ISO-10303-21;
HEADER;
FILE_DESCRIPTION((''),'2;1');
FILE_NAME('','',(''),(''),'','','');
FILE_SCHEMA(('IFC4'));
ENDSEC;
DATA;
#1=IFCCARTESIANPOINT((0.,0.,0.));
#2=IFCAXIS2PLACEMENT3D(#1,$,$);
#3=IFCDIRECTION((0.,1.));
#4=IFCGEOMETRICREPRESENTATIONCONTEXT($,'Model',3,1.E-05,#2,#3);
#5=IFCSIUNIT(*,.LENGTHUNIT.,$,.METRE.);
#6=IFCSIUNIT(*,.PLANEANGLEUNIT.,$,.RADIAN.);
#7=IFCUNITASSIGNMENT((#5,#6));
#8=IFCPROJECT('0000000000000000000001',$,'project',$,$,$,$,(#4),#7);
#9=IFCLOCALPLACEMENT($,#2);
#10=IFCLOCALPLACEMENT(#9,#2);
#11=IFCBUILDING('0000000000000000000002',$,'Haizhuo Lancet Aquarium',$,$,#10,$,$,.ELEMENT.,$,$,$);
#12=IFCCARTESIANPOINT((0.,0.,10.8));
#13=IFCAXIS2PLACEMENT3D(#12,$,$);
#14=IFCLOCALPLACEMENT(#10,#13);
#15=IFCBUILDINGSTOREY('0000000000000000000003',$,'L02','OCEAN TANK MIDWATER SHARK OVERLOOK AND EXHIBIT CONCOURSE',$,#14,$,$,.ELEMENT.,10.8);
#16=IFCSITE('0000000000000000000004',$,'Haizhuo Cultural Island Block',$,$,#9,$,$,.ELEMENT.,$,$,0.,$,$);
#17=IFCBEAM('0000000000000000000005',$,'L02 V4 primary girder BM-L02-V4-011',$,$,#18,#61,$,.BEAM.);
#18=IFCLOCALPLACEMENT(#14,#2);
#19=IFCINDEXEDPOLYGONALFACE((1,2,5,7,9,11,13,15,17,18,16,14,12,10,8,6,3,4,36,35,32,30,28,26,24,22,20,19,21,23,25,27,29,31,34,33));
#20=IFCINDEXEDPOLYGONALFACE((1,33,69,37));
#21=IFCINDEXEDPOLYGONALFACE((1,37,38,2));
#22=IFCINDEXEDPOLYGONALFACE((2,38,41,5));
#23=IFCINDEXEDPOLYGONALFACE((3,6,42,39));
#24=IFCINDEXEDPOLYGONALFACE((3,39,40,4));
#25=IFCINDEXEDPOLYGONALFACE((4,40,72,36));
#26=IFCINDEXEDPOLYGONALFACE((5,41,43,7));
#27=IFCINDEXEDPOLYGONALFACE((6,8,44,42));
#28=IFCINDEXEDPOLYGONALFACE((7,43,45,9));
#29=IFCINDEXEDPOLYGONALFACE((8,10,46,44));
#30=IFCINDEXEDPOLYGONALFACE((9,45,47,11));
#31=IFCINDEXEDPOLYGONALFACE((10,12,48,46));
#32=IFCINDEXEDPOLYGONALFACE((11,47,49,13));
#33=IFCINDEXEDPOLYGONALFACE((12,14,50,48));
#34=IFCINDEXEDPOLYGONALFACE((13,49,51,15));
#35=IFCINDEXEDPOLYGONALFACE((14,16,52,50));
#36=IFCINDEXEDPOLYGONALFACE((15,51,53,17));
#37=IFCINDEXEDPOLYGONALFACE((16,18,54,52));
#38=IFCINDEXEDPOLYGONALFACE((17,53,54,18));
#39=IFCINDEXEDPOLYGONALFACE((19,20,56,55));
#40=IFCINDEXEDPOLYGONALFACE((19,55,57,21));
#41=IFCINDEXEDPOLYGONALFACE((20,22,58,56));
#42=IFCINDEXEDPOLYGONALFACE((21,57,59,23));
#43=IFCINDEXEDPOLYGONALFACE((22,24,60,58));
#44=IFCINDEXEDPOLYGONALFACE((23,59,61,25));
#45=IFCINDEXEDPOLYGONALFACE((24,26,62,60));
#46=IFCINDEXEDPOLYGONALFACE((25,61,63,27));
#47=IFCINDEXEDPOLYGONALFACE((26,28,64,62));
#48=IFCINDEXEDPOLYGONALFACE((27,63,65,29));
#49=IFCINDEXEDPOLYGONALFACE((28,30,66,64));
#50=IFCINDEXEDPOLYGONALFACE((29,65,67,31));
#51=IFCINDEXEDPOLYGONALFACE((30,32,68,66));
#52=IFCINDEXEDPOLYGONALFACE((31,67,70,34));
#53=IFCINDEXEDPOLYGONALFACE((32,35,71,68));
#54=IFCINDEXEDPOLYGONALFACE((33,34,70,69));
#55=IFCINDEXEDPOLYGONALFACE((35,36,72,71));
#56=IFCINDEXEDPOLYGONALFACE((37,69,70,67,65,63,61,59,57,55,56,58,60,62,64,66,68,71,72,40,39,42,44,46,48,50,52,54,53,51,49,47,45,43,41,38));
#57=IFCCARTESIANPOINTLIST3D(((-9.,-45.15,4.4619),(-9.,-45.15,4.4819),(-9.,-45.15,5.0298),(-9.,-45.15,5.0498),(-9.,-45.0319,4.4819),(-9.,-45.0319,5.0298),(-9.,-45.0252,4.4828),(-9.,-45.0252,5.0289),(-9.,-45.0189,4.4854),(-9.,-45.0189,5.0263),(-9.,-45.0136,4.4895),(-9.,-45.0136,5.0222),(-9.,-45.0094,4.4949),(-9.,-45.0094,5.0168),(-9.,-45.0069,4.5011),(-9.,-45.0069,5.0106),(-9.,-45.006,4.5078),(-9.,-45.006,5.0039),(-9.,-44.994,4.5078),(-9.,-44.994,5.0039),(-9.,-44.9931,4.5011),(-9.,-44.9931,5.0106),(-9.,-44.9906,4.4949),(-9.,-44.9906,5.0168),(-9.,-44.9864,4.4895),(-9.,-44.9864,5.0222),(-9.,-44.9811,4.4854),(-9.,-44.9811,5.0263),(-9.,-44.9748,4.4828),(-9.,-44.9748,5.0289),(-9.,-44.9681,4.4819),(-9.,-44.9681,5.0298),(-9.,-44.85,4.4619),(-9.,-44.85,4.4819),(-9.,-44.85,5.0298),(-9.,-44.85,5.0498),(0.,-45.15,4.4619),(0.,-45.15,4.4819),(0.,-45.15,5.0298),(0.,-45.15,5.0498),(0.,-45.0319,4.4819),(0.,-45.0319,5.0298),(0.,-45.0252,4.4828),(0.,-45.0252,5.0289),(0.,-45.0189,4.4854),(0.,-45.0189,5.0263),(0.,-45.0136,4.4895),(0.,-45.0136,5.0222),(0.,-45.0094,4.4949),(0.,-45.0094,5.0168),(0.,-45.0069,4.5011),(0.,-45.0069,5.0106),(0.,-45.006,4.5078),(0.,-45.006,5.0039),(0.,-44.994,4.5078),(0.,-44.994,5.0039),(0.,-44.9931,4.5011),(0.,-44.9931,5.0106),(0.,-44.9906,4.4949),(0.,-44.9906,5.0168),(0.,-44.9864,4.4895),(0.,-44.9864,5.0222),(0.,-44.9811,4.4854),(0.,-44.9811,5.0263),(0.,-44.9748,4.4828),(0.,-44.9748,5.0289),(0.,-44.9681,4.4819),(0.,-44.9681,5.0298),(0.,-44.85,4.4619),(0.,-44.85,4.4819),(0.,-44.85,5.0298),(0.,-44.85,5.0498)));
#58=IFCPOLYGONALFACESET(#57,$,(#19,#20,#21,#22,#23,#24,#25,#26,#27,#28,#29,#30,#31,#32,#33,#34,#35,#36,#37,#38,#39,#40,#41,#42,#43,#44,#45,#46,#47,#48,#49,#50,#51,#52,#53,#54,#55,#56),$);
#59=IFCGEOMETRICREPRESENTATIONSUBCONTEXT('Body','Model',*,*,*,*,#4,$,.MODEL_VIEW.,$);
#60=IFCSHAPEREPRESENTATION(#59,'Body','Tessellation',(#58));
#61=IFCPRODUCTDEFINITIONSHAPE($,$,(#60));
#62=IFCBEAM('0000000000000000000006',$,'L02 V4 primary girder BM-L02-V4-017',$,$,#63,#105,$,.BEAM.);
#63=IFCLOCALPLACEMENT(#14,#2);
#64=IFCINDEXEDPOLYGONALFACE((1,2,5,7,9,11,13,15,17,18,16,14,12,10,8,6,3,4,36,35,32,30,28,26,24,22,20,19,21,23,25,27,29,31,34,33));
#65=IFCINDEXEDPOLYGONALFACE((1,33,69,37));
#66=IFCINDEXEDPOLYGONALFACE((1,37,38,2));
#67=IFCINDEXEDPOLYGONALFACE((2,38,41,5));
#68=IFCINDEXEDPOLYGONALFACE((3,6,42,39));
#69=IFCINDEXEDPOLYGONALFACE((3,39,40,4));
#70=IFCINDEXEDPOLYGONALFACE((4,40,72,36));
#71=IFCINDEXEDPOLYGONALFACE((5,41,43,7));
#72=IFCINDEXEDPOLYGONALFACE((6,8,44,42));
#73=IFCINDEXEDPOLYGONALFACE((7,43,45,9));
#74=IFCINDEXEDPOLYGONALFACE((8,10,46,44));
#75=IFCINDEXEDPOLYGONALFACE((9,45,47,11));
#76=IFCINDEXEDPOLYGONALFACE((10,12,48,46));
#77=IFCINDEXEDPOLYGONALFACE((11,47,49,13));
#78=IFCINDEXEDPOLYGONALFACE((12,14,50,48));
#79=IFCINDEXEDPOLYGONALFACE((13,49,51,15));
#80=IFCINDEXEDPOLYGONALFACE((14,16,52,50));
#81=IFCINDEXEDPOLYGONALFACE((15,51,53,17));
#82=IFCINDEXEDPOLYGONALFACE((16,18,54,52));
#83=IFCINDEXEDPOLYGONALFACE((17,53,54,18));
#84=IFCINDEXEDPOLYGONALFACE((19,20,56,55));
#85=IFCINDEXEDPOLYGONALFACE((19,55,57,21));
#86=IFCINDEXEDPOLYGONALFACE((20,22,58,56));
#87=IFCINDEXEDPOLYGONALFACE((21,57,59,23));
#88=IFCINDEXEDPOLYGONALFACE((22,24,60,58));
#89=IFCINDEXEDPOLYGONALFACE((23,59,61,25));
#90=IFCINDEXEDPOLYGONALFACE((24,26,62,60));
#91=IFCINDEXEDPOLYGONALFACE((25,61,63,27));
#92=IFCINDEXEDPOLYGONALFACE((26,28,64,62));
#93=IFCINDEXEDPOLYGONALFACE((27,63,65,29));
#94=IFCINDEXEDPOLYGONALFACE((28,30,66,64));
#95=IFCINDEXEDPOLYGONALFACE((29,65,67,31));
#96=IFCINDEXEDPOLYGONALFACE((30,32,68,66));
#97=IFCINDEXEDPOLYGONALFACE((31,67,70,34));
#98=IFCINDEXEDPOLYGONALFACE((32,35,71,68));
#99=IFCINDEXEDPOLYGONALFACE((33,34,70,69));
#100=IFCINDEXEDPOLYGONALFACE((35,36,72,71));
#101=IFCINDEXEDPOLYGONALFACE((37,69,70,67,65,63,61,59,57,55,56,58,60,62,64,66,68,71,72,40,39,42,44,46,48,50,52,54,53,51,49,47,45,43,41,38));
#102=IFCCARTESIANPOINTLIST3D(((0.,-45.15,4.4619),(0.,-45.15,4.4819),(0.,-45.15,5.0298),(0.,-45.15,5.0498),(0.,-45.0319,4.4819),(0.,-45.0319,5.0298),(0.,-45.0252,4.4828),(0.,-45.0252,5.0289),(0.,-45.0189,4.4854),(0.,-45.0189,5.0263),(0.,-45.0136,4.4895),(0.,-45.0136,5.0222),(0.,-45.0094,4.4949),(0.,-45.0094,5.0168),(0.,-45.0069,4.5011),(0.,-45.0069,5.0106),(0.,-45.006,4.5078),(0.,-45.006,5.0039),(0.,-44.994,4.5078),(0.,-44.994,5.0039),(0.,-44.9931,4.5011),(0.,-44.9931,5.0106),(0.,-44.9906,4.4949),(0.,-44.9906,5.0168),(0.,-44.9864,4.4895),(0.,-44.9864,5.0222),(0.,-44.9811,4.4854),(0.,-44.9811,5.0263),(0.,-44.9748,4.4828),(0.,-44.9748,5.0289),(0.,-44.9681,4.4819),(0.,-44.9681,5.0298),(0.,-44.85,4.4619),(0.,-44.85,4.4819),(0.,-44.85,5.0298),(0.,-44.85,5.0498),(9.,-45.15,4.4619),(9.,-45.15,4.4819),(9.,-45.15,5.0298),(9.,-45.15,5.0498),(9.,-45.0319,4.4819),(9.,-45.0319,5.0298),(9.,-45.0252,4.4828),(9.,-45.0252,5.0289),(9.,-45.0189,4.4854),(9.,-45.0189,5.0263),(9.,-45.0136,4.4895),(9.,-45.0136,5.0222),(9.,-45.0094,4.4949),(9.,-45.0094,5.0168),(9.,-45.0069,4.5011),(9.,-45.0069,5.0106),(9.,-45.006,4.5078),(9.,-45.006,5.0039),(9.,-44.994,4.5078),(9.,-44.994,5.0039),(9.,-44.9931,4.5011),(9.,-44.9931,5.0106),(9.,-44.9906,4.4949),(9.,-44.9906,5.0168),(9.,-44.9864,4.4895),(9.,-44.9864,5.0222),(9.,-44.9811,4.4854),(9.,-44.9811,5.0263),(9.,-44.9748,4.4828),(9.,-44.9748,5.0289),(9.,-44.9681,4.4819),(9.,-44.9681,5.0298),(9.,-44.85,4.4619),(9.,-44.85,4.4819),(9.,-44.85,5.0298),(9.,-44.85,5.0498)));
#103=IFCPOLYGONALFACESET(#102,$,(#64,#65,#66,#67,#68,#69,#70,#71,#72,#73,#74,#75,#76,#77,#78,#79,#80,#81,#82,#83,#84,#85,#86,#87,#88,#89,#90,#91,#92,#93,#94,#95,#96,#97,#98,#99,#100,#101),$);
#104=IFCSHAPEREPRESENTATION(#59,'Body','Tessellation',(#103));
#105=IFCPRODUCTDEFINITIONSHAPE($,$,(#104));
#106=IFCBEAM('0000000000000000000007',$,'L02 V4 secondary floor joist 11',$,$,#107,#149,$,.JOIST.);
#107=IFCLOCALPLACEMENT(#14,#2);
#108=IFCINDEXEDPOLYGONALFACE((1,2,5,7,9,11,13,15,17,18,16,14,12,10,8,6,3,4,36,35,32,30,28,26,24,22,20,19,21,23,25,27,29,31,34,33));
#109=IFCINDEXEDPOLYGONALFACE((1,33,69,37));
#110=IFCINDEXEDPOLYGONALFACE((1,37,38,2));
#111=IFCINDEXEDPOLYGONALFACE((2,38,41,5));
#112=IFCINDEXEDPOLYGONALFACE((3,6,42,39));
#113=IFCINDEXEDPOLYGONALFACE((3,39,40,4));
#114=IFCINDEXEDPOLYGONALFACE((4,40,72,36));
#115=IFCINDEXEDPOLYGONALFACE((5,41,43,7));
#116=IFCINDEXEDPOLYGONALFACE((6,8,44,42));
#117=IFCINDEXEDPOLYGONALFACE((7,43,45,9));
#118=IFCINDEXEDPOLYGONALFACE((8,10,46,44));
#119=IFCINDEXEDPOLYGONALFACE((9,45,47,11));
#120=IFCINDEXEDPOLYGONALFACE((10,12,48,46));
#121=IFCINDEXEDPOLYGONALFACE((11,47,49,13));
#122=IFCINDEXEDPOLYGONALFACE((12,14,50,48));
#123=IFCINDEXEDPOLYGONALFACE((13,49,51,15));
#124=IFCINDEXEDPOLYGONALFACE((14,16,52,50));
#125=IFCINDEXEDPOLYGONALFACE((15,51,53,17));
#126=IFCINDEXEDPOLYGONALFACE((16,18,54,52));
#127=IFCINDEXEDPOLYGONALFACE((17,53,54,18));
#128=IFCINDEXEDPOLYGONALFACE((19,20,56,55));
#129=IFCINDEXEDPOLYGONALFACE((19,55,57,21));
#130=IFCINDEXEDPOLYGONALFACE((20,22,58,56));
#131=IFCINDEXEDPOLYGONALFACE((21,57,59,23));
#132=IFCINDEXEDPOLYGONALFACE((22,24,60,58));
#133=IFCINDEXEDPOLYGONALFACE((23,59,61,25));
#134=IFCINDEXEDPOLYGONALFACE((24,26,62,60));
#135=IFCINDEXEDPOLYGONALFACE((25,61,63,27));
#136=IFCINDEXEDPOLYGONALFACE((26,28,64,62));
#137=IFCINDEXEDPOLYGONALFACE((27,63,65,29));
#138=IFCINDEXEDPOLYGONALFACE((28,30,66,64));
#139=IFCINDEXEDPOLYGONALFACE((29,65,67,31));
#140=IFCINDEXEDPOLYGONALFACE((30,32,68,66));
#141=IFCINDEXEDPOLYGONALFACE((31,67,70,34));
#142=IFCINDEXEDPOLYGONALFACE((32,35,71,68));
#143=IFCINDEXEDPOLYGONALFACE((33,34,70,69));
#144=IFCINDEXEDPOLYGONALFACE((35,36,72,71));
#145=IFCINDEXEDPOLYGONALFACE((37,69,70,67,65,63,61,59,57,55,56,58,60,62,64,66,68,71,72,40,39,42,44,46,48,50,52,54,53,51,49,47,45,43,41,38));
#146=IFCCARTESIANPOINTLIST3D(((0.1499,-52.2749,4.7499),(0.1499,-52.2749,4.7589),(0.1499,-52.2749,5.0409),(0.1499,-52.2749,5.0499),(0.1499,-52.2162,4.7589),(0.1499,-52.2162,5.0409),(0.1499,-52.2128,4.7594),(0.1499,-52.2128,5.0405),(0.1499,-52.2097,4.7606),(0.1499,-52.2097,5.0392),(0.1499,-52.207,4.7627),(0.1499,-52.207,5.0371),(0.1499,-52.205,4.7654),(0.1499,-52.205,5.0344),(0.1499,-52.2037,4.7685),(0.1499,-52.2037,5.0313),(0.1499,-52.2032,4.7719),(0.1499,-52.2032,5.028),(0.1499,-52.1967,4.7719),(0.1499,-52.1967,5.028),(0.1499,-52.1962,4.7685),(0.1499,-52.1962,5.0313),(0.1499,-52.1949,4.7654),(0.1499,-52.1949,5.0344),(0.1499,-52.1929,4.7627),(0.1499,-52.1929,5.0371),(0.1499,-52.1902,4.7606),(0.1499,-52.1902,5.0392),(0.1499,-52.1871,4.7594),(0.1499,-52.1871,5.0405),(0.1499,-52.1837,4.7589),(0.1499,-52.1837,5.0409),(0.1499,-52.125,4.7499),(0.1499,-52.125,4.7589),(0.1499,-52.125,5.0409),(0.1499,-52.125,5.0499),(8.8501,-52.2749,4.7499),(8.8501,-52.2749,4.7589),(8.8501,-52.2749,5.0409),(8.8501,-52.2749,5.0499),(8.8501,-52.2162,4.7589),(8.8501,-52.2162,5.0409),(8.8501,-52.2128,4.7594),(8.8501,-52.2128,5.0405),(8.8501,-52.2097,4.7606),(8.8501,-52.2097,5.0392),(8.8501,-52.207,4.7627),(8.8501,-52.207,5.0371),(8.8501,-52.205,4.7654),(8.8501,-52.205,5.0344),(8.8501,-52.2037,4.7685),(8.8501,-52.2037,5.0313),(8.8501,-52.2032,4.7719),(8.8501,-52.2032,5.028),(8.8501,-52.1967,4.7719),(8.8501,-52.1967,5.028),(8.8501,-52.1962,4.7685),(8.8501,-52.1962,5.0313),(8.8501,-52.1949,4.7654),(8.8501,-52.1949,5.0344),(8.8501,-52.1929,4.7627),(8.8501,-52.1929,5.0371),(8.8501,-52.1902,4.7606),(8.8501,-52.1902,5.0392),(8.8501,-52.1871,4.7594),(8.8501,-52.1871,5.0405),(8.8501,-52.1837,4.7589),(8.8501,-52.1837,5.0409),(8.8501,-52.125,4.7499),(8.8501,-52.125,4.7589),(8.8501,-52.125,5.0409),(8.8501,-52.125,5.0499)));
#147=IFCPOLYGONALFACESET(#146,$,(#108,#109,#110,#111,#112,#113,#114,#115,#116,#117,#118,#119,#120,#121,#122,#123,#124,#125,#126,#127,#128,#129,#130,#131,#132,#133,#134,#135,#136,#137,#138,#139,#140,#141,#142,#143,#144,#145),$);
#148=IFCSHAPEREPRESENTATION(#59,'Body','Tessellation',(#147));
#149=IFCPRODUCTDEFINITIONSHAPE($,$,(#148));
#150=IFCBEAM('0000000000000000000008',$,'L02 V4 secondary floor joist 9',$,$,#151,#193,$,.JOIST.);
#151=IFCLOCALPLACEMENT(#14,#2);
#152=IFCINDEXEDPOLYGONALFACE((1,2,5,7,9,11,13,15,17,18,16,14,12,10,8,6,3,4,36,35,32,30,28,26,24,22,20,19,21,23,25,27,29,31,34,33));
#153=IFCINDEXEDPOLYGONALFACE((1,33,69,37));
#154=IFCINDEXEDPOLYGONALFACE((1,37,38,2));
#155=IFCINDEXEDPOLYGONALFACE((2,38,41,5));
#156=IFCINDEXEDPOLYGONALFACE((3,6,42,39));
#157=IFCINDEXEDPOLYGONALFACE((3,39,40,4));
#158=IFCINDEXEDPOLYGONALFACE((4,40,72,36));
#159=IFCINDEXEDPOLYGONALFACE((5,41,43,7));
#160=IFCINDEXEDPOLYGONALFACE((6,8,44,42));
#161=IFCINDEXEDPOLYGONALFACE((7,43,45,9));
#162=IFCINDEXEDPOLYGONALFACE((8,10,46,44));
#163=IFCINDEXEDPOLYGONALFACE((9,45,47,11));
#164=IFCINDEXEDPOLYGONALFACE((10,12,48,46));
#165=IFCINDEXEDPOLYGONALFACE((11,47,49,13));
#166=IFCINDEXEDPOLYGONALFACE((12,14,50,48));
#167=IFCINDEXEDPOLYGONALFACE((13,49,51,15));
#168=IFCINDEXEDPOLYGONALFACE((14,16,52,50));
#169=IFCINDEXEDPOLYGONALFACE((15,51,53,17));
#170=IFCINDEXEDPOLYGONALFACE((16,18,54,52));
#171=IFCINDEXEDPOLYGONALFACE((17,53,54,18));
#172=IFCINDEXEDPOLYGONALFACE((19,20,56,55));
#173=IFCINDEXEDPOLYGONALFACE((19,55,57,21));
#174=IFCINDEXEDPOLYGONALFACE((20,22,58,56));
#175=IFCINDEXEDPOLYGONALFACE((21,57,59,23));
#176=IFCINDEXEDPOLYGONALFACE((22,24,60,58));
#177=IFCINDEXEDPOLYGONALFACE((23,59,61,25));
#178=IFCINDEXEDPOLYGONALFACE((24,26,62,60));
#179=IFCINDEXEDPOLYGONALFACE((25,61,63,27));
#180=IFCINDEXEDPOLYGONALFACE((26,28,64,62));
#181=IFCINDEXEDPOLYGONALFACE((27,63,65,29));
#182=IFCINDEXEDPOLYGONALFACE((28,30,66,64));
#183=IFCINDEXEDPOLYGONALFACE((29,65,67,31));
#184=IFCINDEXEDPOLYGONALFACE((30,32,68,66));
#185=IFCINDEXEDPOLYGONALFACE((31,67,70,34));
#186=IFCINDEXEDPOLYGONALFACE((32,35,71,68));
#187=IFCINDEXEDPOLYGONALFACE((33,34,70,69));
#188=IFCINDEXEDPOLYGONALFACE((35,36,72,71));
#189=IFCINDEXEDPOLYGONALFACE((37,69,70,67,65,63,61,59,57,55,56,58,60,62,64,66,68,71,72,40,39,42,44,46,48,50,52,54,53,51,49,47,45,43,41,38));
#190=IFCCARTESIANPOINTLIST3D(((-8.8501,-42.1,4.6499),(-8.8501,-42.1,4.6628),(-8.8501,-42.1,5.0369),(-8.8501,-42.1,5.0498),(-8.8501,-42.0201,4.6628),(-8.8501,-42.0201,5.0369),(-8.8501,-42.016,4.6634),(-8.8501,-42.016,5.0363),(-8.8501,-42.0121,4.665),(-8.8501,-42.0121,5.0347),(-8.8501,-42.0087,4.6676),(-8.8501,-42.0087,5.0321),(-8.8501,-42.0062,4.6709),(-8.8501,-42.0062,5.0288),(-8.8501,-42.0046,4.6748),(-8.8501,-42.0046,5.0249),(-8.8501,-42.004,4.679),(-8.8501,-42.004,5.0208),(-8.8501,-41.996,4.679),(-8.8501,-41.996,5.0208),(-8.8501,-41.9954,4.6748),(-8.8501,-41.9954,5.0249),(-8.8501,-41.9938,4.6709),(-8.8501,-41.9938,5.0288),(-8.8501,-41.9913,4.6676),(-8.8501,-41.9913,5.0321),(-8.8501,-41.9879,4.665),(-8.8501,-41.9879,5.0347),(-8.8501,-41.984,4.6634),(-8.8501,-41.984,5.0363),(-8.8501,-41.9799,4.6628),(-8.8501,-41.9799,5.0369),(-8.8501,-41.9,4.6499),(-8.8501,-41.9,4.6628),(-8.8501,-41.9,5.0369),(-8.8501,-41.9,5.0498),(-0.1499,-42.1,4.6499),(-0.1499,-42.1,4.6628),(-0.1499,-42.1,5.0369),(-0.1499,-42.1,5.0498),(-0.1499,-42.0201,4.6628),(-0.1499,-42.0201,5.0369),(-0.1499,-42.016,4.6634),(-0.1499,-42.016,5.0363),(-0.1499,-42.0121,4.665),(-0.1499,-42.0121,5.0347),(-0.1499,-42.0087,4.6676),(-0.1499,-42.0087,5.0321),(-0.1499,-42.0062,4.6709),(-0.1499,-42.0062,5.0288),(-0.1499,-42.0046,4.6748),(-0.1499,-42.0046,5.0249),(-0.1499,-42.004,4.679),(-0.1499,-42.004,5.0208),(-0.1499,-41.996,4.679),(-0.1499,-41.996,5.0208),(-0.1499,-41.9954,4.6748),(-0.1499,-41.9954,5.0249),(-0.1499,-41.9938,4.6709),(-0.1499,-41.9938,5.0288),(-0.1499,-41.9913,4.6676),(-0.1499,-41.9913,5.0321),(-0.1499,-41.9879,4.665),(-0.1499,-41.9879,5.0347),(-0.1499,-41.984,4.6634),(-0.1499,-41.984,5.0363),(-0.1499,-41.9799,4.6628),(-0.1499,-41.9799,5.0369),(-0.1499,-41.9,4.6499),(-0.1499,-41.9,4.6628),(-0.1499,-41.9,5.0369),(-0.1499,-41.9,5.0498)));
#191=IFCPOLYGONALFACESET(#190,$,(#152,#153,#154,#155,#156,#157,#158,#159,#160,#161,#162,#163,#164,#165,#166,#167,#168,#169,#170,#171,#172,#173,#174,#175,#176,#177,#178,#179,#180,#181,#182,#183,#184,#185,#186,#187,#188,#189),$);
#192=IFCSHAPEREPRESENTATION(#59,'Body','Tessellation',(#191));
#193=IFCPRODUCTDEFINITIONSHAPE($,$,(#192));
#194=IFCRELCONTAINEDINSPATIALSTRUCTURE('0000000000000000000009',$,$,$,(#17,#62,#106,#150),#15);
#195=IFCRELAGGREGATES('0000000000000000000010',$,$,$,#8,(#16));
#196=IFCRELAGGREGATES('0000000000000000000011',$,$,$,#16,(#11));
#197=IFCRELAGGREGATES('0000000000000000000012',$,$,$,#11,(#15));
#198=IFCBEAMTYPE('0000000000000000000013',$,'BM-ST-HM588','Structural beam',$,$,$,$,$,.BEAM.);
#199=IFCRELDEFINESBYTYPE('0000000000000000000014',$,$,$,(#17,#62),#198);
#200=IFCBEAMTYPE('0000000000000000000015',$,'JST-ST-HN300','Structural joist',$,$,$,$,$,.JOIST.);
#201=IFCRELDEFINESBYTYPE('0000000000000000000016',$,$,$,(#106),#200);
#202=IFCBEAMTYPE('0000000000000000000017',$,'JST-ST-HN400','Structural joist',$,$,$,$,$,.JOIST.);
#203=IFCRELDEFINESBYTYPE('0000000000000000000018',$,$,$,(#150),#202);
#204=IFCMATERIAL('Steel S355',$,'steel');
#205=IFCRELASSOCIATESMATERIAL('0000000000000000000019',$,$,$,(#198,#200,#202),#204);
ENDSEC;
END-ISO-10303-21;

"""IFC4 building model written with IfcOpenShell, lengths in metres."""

from ifc_helpers import new_model, si_unit, direction, frame, origin, origin_2d, place, context, subcontext, project, spatial, i_section, extrude, material, material_profile, profile_set, type_object, element, save


model = new_model("IFC4")

# Units and contexts
model_context = context("Model", 3, precision=1e-05, world=origin(), true_north=direction((0.0, 1.0)))
body_context = subcontext(model_context, "Body", "Model", "MODEL_VIEW")
ifc_project = project(units=[si_unit("LENGTHUNIT", "METRE"), si_unit("PLANEANGLEUNIT", "RADIAN")], contexts=[model_context])

# Site, building, storey
site_placement = place(None, origin())
site = spatial("IfcSite", under=ifc_project, at=site_placement, Name="Haizhuo Cultural Island Block", CompositionType="ELEMENT", RefElevation=0.0)
building_placement = place(site_placement, origin())
building = spatial("IfcBuilding", under=site, at=building_placement, Name="Haizhuo Lancet Aquarium", CompositionType="ELEMENT")
storey_placement = place(building_placement, frame((0.0, 0.0, 10.8)))
storey = spatial("IfcBuildingStorey", under=building, at=storey_placement, Name="L02", Description="OCEAN TANK MIDWATER SHARK OVERLOOK AND EXHIBIT CONCOURSE", CompositionType="ELEMENT", Elevation=10.8)

# Shared definitions
ifc_material_1 = material(Name="Steel S355", Category="steel")

# Beams
ifc_material_profile_1 = material_profile(ifc_material_1, i_section(OverallWidth=0.3, OverallDepth=0.5879, WebThickness=0.012, FlangeThickness=0.02, FilletRadius=0.0259, at=origin_2d()), Name="HM 588x300x12x20")
ifc_profile_set_1 = profile_set([ifc_material_profile_1], Name="Steel S355")
beam_type_1 = type_object("IfcBeamType", Name="BM-ST-HM588", Description="Structural beam", PredefinedType="BEAM", material=ifc_profile_set_1)
for number, where, z_axis, x_axis, name in (
    (1, (-9.0, -45.0, 4.7559), (1.0, 0.0, 0.0), (0.0, 1.0, 0.0), "L02 V4 primary girder BM-L02-V4-011"),
    (2, (0.0, -45.0, 4.7559), (1.0, 0.0, 0.0), (0.0, 1.0, 0.0), "L02 V4 primary girder BM-L02-V4-017"),
):
    element("IfcBeam", number, at=place(storey_placement, frame(where, z_axis=z_axis, x_axis=x_axis)), inside=storey, type_object=beam_type_1, Name=name, PredefinedType="BEAM", context=body_context, shape_type="SweptSolid", body=[
        extrude(i_section(OverallWidth=0.3, OverallDepth=0.5879, WebThickness=0.012, FlangeThickness=0.02, FilletRadius=0.0259, at=origin_2d()), origin(), (0.0, 0.0, 1.0), 9.0),
    ])
ifc_material_profile_2 = material_profile(ifc_material_1, i_section(OverallWidth=0.1499, OverallDepth=0.3, WebThickness=0.0066, FlangeThickness=0.009, FilletRadius=0.0129, at=origin_2d()), Name="HN 300x150x6.5x9")
ifc_profile_set_2 = profile_set([ifc_material_profile_2], Name="Steel S355")
beam_type_2 = type_object("IfcBeamType", Name="JST-ST-HN300", Description="Structural joist", PredefinedType="JOIST", material=ifc_profile_set_2)
beam_1_placement = place(storey_placement, frame((0.1499, -52.2, 4.8999), z_axis=(1.0, 0.0, 0.0), x_axis=(0.0, 1.0, 0.0)))
element("IfcBeam", 3, at=beam_1_placement, inside=storey, type_object=beam_type_2, Name="L02 V4 secondary floor joist 11", PredefinedType="JOIST", context=body_context, shape_type="SweptSolid", body=[
    extrude(i_section(OverallWidth=0.1499, OverallDepth=0.3, WebThickness=0.0066, FlangeThickness=0.009, FilletRadius=0.0129, at=origin_2d()), origin(), (0.0, 0.0, 1.0), 8.7002),
])
ifc_material_profile_3 = material_profile(ifc_material_1, i_section(OverallWidth=0.2, OverallDepth=0.3999, WebThickness=0.0081, FlangeThickness=0.0129, FilletRadius=0.0161, at=origin_2d()), Name="HN 400x200x8x13")
ifc_profile_set_3 = profile_set([ifc_material_profile_3], Name="Steel S355")
beam_type_3 = type_object("IfcBeamType", Name="JST-ST-HN400", Description="Structural joist", PredefinedType="JOIST", material=ifc_profile_set_3)
for number, where, z_axis, x_axis, name in (
    (4, (-8.8501, -42.0, 4.8499), (1.0, 0.0, 0.0), (0.0, 1.0, 0.0), "L02 V4 secondary floor joist 9"),
):
    element("IfcBeam", number, at=place(storey_placement, frame(where, z_axis=z_axis, x_axis=x_axis)), inside=storey, type_object=beam_type_3, Name=name, PredefinedType="JOIST", context=body_context, shape_type="SweptSolid", body=[
        extrude(i_section(OverallWidth=0.2, OverallDepth=0.3999, WebThickness=0.0081, FlangeThickness=0.0129, FilletRadius=0.0161, at=origin_2d()), origin(), (0.0, 0.0, 1.0), 8.7002),
    ])

save(model, "model.ifc")
